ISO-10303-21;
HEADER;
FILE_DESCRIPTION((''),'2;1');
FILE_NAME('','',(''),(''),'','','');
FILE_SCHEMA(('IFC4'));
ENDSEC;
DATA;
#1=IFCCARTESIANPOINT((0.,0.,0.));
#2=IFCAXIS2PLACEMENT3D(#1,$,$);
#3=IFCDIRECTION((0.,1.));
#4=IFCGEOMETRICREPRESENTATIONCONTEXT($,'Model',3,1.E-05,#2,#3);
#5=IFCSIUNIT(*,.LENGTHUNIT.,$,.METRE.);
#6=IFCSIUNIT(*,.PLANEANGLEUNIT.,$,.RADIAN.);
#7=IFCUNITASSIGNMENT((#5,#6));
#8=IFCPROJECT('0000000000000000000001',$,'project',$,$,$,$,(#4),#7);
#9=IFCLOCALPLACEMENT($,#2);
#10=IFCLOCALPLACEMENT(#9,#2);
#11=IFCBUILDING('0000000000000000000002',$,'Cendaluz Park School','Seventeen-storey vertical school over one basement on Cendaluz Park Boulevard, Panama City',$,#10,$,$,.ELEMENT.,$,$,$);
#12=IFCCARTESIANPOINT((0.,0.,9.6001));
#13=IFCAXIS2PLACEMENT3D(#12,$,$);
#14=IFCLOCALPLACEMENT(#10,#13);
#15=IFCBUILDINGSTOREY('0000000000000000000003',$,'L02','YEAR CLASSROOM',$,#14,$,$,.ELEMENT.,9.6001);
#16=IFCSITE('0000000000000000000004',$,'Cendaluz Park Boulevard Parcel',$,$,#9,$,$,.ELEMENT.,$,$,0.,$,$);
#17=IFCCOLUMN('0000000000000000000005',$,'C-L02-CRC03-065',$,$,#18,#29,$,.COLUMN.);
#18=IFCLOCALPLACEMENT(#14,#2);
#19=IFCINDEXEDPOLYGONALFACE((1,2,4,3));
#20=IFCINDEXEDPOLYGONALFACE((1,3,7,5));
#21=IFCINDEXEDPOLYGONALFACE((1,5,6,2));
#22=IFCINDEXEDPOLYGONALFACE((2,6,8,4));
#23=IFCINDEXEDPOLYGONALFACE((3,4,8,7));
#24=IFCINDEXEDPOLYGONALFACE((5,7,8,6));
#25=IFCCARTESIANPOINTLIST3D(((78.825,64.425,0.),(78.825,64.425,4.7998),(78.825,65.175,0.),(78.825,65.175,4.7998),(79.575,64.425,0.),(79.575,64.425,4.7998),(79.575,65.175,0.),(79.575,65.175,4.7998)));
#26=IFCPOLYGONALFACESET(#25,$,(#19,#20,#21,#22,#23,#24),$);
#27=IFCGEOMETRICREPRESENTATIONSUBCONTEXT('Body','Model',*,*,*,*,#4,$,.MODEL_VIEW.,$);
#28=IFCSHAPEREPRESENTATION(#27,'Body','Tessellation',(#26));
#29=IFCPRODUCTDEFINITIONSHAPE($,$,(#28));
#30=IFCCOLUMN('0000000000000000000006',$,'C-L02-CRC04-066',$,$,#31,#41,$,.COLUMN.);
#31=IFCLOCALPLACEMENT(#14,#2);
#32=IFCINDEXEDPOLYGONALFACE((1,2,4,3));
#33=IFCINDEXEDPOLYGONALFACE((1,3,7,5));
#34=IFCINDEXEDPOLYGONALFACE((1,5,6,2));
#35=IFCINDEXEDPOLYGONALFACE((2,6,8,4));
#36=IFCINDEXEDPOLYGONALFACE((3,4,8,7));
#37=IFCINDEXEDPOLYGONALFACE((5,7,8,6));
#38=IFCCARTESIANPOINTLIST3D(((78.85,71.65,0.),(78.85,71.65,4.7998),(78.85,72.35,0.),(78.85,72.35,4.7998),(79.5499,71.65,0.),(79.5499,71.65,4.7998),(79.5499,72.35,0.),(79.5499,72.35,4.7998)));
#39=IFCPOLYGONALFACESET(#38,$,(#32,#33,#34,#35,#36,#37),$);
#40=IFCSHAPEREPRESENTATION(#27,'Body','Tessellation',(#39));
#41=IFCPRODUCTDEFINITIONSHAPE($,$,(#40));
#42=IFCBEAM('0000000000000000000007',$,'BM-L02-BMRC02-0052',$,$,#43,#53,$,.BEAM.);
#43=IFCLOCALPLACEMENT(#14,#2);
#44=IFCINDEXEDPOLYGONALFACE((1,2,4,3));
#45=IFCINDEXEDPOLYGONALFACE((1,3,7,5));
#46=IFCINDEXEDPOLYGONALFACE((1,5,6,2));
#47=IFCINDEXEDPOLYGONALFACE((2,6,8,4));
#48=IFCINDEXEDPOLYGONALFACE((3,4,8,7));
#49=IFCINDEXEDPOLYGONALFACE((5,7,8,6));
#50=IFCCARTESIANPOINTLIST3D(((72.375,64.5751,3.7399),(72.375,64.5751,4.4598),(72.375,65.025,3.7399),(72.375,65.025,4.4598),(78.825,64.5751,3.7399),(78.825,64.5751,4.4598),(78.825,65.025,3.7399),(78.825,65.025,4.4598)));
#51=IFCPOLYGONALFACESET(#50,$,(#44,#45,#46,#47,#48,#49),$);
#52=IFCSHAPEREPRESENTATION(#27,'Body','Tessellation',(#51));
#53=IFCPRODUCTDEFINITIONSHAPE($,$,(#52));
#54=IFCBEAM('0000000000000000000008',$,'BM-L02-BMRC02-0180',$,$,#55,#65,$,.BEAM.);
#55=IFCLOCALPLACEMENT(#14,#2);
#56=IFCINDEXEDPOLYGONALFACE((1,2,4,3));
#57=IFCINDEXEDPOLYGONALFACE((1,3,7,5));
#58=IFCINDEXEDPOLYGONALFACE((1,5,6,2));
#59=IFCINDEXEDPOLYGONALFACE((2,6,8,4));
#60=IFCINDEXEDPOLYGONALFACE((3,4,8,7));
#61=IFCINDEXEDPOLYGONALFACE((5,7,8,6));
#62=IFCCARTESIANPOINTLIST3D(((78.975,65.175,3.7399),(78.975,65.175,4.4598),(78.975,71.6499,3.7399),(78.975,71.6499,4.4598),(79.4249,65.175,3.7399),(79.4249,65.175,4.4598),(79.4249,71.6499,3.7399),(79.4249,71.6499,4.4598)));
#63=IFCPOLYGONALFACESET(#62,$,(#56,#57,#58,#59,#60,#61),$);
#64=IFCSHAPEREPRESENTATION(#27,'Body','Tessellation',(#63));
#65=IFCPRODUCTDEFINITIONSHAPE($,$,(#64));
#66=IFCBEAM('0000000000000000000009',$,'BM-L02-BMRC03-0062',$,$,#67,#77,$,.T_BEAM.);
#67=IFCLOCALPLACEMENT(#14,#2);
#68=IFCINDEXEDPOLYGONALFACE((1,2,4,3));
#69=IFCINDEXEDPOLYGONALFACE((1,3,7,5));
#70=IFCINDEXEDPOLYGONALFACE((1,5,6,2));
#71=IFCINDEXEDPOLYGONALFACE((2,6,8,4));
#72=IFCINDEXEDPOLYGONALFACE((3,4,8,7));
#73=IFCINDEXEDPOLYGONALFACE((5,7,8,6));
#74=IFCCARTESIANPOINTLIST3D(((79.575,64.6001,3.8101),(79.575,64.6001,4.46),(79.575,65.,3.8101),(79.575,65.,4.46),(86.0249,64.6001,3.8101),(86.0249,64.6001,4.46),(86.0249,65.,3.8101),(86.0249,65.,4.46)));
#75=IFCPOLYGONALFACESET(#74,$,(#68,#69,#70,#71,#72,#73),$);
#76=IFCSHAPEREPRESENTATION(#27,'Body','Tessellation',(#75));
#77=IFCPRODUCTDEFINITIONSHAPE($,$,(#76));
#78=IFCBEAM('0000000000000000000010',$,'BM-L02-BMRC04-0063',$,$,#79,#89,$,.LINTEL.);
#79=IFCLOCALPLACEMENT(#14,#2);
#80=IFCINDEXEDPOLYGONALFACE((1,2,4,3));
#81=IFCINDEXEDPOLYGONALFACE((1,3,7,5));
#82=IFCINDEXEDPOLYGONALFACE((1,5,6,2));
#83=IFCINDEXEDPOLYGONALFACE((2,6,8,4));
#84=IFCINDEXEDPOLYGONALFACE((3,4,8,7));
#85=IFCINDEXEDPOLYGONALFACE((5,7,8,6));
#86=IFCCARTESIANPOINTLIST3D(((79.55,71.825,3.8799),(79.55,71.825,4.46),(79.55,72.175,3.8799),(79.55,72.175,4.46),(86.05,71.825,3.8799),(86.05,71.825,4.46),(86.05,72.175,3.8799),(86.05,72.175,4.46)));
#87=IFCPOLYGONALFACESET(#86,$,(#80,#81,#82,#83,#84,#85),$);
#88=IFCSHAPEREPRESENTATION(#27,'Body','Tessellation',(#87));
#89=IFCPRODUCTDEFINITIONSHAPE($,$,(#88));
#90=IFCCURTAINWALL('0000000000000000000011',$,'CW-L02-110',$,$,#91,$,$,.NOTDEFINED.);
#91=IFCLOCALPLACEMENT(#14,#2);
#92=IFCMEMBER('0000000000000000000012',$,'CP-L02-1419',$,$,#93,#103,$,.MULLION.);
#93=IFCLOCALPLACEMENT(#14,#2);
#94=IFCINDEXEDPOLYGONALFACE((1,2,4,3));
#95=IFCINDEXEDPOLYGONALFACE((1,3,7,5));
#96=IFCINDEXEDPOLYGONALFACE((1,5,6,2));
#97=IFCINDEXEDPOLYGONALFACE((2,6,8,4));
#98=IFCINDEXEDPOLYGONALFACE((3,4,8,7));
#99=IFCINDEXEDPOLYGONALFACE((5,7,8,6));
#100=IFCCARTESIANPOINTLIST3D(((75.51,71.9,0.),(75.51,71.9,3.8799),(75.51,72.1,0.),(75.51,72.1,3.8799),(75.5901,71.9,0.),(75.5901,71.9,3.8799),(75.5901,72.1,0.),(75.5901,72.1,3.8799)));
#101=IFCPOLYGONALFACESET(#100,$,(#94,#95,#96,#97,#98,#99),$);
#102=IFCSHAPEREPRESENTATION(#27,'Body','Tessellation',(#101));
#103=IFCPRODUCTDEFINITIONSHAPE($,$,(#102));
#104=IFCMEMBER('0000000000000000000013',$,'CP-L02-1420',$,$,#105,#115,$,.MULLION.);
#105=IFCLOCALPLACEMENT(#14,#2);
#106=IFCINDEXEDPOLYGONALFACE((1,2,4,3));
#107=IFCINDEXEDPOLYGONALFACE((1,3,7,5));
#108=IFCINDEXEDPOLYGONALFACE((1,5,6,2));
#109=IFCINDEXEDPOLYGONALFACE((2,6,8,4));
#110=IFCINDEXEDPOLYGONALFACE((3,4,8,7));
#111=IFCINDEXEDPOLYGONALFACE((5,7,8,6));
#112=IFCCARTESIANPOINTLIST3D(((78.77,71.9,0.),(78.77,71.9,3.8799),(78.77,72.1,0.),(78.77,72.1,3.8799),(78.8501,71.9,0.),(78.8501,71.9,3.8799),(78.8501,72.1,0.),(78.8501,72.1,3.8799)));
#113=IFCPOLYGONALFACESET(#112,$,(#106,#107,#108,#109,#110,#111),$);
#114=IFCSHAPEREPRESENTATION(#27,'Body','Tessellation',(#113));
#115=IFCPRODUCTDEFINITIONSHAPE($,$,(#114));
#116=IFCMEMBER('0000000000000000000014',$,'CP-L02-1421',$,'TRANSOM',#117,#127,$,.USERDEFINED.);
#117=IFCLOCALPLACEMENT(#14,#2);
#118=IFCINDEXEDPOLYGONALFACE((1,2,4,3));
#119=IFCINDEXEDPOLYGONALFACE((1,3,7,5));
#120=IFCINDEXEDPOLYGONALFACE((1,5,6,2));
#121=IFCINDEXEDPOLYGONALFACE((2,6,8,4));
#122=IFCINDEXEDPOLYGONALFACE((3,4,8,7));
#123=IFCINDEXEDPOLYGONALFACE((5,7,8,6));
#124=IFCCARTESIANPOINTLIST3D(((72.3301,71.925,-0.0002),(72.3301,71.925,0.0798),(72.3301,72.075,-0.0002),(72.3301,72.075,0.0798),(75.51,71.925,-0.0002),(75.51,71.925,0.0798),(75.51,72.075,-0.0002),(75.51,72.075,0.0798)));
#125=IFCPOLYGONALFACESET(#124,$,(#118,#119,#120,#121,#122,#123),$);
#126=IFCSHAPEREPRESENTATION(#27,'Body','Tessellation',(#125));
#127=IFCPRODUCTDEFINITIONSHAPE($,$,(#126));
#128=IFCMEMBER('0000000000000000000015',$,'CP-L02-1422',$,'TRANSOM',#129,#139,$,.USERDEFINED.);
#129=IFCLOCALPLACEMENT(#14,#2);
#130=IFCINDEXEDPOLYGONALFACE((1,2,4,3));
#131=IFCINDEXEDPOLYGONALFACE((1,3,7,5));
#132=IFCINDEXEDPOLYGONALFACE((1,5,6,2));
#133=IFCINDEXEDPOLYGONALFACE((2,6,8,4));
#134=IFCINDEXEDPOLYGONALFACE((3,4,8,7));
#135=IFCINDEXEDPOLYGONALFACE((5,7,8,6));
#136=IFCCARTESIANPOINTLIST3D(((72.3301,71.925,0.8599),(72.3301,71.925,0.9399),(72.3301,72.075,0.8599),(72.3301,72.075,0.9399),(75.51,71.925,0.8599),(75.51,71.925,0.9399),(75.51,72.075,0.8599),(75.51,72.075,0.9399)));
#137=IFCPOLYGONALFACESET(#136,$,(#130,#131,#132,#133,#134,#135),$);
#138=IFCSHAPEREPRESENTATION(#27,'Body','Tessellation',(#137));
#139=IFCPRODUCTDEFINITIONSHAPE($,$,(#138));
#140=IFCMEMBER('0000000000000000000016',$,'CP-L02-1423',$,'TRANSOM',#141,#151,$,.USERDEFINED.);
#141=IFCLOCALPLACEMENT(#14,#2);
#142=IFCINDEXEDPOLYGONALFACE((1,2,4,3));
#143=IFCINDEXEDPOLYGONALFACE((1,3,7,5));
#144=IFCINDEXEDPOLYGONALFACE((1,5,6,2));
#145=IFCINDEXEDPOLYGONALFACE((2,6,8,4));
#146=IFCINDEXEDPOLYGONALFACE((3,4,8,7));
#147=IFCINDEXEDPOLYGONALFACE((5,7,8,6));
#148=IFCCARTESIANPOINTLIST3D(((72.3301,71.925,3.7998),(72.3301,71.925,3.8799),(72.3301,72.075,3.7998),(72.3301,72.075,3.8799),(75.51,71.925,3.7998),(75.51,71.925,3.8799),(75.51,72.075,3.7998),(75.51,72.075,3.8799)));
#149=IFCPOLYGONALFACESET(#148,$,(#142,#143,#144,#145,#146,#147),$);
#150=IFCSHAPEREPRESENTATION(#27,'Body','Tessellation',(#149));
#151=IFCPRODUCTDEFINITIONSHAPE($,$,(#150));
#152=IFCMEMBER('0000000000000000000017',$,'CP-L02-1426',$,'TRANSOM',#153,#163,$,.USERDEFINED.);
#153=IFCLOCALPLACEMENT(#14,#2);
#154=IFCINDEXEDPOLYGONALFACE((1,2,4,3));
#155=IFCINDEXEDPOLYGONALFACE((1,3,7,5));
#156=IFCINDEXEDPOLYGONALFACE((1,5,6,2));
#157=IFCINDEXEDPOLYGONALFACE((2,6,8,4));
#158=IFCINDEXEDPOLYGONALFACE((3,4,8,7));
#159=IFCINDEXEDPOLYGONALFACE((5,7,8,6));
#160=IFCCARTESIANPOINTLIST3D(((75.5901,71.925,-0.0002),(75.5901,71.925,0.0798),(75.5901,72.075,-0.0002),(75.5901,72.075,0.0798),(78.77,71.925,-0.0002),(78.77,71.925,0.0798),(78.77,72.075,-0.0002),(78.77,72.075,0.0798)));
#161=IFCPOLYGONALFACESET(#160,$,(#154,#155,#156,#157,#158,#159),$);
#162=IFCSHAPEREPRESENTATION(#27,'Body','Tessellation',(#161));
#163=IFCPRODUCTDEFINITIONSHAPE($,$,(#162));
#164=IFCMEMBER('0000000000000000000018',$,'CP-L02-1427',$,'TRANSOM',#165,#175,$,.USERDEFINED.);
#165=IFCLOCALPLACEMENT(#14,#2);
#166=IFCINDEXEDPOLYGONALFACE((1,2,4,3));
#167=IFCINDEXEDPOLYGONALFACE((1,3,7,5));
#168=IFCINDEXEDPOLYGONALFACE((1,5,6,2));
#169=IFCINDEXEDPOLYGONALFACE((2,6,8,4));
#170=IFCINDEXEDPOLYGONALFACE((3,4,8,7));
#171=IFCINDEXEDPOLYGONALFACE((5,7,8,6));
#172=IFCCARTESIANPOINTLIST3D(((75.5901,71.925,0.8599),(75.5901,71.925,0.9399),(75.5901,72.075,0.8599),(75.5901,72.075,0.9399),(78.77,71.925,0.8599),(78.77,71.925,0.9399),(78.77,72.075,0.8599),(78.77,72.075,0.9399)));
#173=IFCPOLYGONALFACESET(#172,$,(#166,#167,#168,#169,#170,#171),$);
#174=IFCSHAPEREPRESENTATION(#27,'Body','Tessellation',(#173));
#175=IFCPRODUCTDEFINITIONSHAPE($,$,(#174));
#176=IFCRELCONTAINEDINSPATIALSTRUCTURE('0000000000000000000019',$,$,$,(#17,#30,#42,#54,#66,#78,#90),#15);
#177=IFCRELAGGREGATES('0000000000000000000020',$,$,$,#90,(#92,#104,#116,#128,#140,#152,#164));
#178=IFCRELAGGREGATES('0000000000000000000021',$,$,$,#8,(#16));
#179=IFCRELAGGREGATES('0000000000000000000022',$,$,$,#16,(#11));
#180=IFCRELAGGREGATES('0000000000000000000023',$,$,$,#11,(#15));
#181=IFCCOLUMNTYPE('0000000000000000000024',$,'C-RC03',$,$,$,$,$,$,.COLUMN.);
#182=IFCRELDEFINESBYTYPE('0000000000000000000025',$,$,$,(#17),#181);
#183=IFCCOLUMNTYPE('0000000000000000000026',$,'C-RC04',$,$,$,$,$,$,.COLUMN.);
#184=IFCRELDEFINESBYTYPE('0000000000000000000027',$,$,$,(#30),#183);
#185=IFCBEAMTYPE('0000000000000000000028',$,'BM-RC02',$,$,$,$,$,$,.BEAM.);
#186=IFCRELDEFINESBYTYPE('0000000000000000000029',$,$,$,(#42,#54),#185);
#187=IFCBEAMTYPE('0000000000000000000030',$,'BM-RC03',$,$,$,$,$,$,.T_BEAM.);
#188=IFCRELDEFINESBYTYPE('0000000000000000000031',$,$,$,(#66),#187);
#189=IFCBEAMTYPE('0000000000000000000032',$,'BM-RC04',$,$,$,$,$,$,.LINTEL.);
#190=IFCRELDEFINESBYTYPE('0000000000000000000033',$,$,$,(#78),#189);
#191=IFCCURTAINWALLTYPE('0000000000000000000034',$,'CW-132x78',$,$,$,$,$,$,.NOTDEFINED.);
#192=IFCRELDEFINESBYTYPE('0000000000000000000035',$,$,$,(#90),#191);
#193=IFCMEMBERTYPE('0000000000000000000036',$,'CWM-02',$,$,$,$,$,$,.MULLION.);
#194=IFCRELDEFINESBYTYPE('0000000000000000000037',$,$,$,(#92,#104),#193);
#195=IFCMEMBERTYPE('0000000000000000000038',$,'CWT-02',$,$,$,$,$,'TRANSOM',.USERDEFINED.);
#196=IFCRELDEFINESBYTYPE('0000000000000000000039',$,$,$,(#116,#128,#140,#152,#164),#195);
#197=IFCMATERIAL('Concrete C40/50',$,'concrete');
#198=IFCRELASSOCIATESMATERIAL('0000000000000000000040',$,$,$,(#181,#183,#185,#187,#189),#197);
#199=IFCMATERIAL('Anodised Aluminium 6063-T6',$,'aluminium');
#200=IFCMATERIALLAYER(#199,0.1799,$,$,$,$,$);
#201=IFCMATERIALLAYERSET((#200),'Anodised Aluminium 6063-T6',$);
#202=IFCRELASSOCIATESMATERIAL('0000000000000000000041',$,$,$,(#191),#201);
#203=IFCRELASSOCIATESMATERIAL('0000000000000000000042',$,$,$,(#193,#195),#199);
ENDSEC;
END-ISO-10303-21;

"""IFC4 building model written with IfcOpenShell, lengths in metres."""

from ifc_helpers import new_model, si_unit, direction, frame, origin, origin_2d, place, context, subcontext, project, spatial, rectangle, extrude, material, layer, layer_set, material_profile, profile_set, type_object, element, aggregate, save


model = new_model("IFC4")

# Units and contexts
model_context = context("Model", 3, precision=1e-05, world=origin(), true_north=direction((0.0, 1.0)))
body_context = subcontext(model_context, "Body", "Model", "MODEL_VIEW")
ifc_project = project(units=[si_unit("LENGTHUNIT", "METRE"), si_unit("PLANEANGLEUNIT", "RADIAN")], contexts=[model_context])

# Site, building, storey
site_placement = place(None, origin())
site = spatial("IfcSite", under=ifc_project, at=site_placement, Name="Cendaluz Park Boulevard Parcel", CompositionType="ELEMENT", RefElevation=0.0)
building_placement = place(site_placement, origin())
building = spatial("IfcBuilding", under=site, at=building_placement, Name="Cendaluz Park School", Description="Seventeen-storey vertical school over one basement on Cendaluz Park Boulevard, Panama City", CompositionType="ELEMENT")
storey_placement = place(building_placement, frame((0.0, 0.0, 9.6001)))
storey = spatial("IfcBuildingStorey", under=building, at=storey_placement, Name="L02", Description="YEAR CLASSROOM", CompositionType="ELEMENT", Elevation=9.6001)

# Columns
ifc_material_1 = material(Name="Concrete C40/50", Category="concrete")
ifc_material_profile_1 = material_profile(ifc_material_1, rectangle(XDim=0.75, YDim=0.75, at=origin_2d()), Name="RC 750x750", Category="concrete")
ifc_profile_set_1 = profile_set([ifc_material_profile_1], Name="Concrete C40/50")
column_type_1 = type_object("IfcColumnType", Name="C-RC03", PredefinedType="COLUMN", material=ifc_profile_set_1)
column_1_placement = place(storey_placement, frame((79.2, 64.8, 0.0), z_axis=(0.0, 0.0, 1.0), x_axis=(1.0, 0.0, 0.0)))
element("IfcColumn", 1, at=column_1_placement, inside=storey, type_object=column_type_1, Name="C-L02-CRC03-065", PredefinedType="COLUMN", context=body_context, shape_type="SweptSolid", body=[
    extrude(rectangle(XDim=0.75, YDim=0.75, at=origin_2d()), origin(), (0.0, 0.0, 1.0), 4.7998),
])
ifc_material_profile_2 = material_profile(ifc_material_1, rectangle(XDim=0.7, YDim=0.7, at=origin_2d()), Name="RC 700x700", Category="concrete")
ifc_profile_set_2 = profile_set([ifc_material_profile_2], Name="Concrete C40/50")
column_type_2 = type_object("IfcColumnType", Name="C-RC04", PredefinedType="COLUMN", material=ifc_profile_set_2)
column_2_placement = place(storey_placement, frame((79.2, 72.0, 0.0), z_axis=(0.0, 0.0, 1.0), x_axis=(1.0, 0.0, 0.0)))
element("IfcColumn", 2, at=column_2_placement, inside=storey, type_object=column_type_2, Name="C-L02-CRC04-066", PredefinedType="COLUMN", context=body_context, shape_type="SweptSolid", body=[
    extrude(rectangle(XDim=0.7, YDim=0.7, at=origin_2d()), origin(), (0.0, 0.0, 1.0), 4.7998),
])

# Beams
ifc_material_profile_3 = material_profile(ifc_material_1, rectangle(XDim=0.45, YDim=0.72, at=origin_2d()), Name="RC 450x720", Category="concrete")
ifc_profile_set_3 = profile_set([ifc_material_profile_3], Name="Concrete C40/50")
beam_type_1 = type_object("IfcBeamType", Name="BM-RC02", PredefinedType="BEAM", material=ifc_profile_set_3)
beam_1_placement = place(storey_placement, frame((72.375, 64.8, 4.0999), z_axis=(1.0, 0.0, 0.0), x_axis=(0.0, 1.0, 0.0)))
element("IfcBeam", 3, at=beam_1_placement, inside=storey, type_object=beam_type_1, Name="BM-L02-BMRC02-0052", PredefinedType="BEAM", context=body_context, shape_type="SweptSolid", body=[
    extrude(rectangle(XDim=0.45, YDim=0.72, at=origin_2d()), origin(), (0.0, 0.0, 1.0), 6.45),
])
beam_2_placement = place(storey_placement, frame((79.2, 65.175, 4.0999), z_axis=(0.0, 1.0, 0.0), x_axis=(-1.0, 0.0, 0.0)))
element("IfcBeam", 4, at=beam_2_placement, inside=storey, type_object=beam_type_1, Name="BM-L02-BMRC02-0180", PredefinedType="BEAM", context=body_context, shape_type="SweptSolid", body=[
    extrude(rectangle(XDim=0.45, YDim=0.72, at=origin_2d()), origin(), (0.0, 0.0, 1.0), 6.4749),
])
ifc_material_profile_4 = material_profile(ifc_material_1, rectangle(XDim=0.3999, YDim=0.6499, at=origin_2d()), Name="RC 400x650", Category="concrete")
ifc_profile_set_4 = profile_set([ifc_material_profile_4], Name="Concrete C40/50")
beam_type_2 = type_object("IfcBeamType", Name="BM-RC03", PredefinedType="T_BEAM", material=ifc_profile_set_4)
beam_3_placement = place(storey_placement, frame((79.575, 64.8, 4.135), z_axis=(1.0, 0.0, 0.0), x_axis=(0.0, 1.0, 0.0)))
element("IfcBeam", 5, at=beam_3_placement, inside=storey, type_object=beam_type_2, Name="BM-L02-BMRC03-0062", PredefinedType="T_BEAM", context=body_context, shape_type="SweptSolid", body=[
    extrude(rectangle(XDim=0.3999, YDim=0.6499, at=origin_2d()), origin(), (0.0, 0.0, 1.0), 6.45),
])
ifc_material_profile_5 = material_profile(ifc_material_1, rectangle(XDim=0.3501, YDim=0.5801, at=origin_2d()), Name="RC 350x580", Category="concrete")
ifc_profile_set_5 = profile_set([ifc_material_profile_5], Name="Concrete C40/50")
beam_type_3 = type_object("IfcBeamType", Name="BM-RC04", PredefinedType="LINTEL", material=ifc_profile_set_5)
beam_4_placement = place(storey_placement, frame((79.55, 72.0, 4.1699), z_axis=(1.0, 0.0, 0.0), x_axis=(0.0, 1.0, 0.0)))
element("IfcBeam", 6, at=beam_4_placement, inside=storey, type_object=beam_type_3, Name="BM-L02-BMRC04-0063", PredefinedType="LINTEL", context=body_context, shape_type="SweptSolid", body=[
    extrude(rectangle(XDim=0.3501, YDim=0.5801, at=origin_2d()), origin(), (0.0, 0.0, 1.0), 6.5),
])

# Curtain wall, members
ifc_material_2 = material(Name="Anodised Aluminium 6063-T6", Category="aluminium")
ifc_layer_1 = layer(ifc_material_2, 0.1799)
ifc_layer_set_1 = layer_set([ifc_layer_1], Name="Anodised Aluminium 6063-T6")
curtain_wall_type = type_object("IfcCurtainWallType", Name="CW-132x78", PredefinedType="NOTDEFINED", material=ifc_layer_set_1)
curtain_wall_placement = place(storey_placement, origin())
curtain_wall = element("IfcCurtainWall", 7, at=curtain_wall_placement, inside=storey, type_object=curtain_wall_type, Name="CW-L02-110", PredefinedType="NOTDEFINED")
ifc_material_profile_6 = material_profile(ifc_material_2, rectangle(XDim=0.2, YDim=0.0801, at=origin_2d()), Name="CWM 200x80", Category="aluminium")
ifc_profile_set_6 = profile_set([ifc_material_profile_6], Name="Anodised Aluminium 6063-T6")
member_type_1 = type_object("IfcMemberType", Name="CWM-02", PredefinedType="MULLION", material=ifc_profile_set_6)
member_1_placement = place(storey_placement, frame((75.55, 72.0, 0.0), z_axis=(0.0, 0.0, 1.0), x_axis=(0.0, 1.0, 0.0)))
member_1 = element("IfcMember", 8, at=member_1_placement, type_object=member_type_1, Name="CP-L02-1419", PredefinedType="MULLION", context=body_context, shape_type="SweptSolid", body=[
    extrude(rectangle(XDim=0.2, YDim=0.0801, at=origin_2d()), origin(), (0.0, 0.0, 1.0), 3.8799),
])
member_2_placement = place(storey_placement, frame((78.8101, 72.0, 0.0), z_axis=(0.0, 0.0, 1.0), x_axis=(0.0, 1.0, 0.0)))
member_2 = element("IfcMember", 9, at=member_2_placement, type_object=member_type_1, Name="CP-L02-1420", PredefinedType="MULLION", context=body_context, shape_type="SweptSolid", body=[
    extrude(rectangle(XDim=0.2, YDim=0.0801, at=origin_2d()), origin(), (0.0, 0.0, 1.0), 3.8799),
])
ifc_material_profile_7 = material_profile(ifc_material_2, rectangle(XDim=0.1499, YDim=0.0801, at=origin_2d()), Name="CWT 150x80", Category="aluminium")
ifc_profile_set_7 = profile_set([ifc_material_profile_7], Name="Anodised Aluminium 6063-T6")
member_type_2 = type_object("IfcMemberType", Name="CWT-02", ElementType="TRANSOM", PredefinedType="USERDEFINED", material=ifc_profile_set_7)
member_3_placement = place(storey_placement, frame((72.3301, 72.0, 0.0398), z_axis=(1.0, 0.0, 0.0), x_axis=(0.0, 1.0, 0.0)))
member_3 = element("IfcMember", 10, at=member_3_placement, type_object=member_type_2, Name="CP-L02-1421", ObjectType="TRANSOM", PredefinedType="USERDEFINED", context=body_context, shape_type="SweptSolid", body=[
    extrude(rectangle(XDim=0.1499, YDim=0.0801, at=origin_2d()), origin(), (0.0, 0.0, 1.0), 3.1799),
])
member_4_placement = place(storey_placement, frame((72.3301, 72.0, 0.8999), z_axis=(1.0, 0.0, 0.0), x_axis=(0.0, 1.0, 0.0)))
member_4 = element("IfcMember", 11, at=member_4_placement, type_object=member_type_2, Name="CP-L02-1422", ObjectType="TRANSOM", PredefinedType="USERDEFINED", context=body_context, shape_type="SweptSolid", body=[
    extrude(rectangle(XDim=0.1499, YDim=0.0801, at=origin_2d()), origin(), (0.0, 0.0, 1.0), 3.1799),
])
member_5_placement = place(storey_placement, frame((72.3301, 72.0, 3.8398), z_axis=(1.0, 0.0, 0.0), x_axis=(0.0, 1.0, 0.0)))
member_5 = element("IfcMember", 12, at=member_5_placement, type_object=member_type_2, Name="CP-L02-1423", ObjectType="TRANSOM", PredefinedType="USERDEFINED", context=body_context, shape_type="SweptSolid", body=[
    extrude(rectangle(XDim=0.1499, YDim=0.0801, at=origin_2d()), origin(), (0.0, 0.0, 1.0), 3.1799),
])
member_6_placement = place(storey_placement, frame((75.5901, 72.0, 0.0398), z_axis=(1.0, 0.0, 0.0), x_axis=(0.0, 1.0, 0.0)))
member_6 = element("IfcMember", 13, at=member_6_placement, type_object=member_type_2, Name="CP-L02-1426", ObjectType="TRANSOM", PredefinedType="USERDEFINED", context=body_context, shape_type="SweptSolid", body=[
    extrude(rectangle(XDim=0.1499, YDim=0.0801, at=origin_2d()), origin(), (0.0, 0.0, 1.0), 3.1799),
])
member_7_placement = place(storey_placement, frame((75.5901, 72.0, 0.8999), z_axis=(1.0, 0.0, 0.0), x_axis=(0.0, 1.0, 0.0)))
member_7 = element("IfcMember", 14, at=member_7_placement, type_object=member_type_2, Name="CP-L02-1427", ObjectType="TRANSOM", PredefinedType="USERDEFINED", context=body_context, shape_type="SweptSolid", body=[
    extrude(rectangle(XDim=0.1499, YDim=0.0801, at=origin_2d()), origin(), (0.0, 0.0, 1.0), 3.1799),
])
aggregate(curtain_wall, [member_1, member_2, member_3, member_4, member_5, member_6, member_7])

save(model, "model.ifc")
